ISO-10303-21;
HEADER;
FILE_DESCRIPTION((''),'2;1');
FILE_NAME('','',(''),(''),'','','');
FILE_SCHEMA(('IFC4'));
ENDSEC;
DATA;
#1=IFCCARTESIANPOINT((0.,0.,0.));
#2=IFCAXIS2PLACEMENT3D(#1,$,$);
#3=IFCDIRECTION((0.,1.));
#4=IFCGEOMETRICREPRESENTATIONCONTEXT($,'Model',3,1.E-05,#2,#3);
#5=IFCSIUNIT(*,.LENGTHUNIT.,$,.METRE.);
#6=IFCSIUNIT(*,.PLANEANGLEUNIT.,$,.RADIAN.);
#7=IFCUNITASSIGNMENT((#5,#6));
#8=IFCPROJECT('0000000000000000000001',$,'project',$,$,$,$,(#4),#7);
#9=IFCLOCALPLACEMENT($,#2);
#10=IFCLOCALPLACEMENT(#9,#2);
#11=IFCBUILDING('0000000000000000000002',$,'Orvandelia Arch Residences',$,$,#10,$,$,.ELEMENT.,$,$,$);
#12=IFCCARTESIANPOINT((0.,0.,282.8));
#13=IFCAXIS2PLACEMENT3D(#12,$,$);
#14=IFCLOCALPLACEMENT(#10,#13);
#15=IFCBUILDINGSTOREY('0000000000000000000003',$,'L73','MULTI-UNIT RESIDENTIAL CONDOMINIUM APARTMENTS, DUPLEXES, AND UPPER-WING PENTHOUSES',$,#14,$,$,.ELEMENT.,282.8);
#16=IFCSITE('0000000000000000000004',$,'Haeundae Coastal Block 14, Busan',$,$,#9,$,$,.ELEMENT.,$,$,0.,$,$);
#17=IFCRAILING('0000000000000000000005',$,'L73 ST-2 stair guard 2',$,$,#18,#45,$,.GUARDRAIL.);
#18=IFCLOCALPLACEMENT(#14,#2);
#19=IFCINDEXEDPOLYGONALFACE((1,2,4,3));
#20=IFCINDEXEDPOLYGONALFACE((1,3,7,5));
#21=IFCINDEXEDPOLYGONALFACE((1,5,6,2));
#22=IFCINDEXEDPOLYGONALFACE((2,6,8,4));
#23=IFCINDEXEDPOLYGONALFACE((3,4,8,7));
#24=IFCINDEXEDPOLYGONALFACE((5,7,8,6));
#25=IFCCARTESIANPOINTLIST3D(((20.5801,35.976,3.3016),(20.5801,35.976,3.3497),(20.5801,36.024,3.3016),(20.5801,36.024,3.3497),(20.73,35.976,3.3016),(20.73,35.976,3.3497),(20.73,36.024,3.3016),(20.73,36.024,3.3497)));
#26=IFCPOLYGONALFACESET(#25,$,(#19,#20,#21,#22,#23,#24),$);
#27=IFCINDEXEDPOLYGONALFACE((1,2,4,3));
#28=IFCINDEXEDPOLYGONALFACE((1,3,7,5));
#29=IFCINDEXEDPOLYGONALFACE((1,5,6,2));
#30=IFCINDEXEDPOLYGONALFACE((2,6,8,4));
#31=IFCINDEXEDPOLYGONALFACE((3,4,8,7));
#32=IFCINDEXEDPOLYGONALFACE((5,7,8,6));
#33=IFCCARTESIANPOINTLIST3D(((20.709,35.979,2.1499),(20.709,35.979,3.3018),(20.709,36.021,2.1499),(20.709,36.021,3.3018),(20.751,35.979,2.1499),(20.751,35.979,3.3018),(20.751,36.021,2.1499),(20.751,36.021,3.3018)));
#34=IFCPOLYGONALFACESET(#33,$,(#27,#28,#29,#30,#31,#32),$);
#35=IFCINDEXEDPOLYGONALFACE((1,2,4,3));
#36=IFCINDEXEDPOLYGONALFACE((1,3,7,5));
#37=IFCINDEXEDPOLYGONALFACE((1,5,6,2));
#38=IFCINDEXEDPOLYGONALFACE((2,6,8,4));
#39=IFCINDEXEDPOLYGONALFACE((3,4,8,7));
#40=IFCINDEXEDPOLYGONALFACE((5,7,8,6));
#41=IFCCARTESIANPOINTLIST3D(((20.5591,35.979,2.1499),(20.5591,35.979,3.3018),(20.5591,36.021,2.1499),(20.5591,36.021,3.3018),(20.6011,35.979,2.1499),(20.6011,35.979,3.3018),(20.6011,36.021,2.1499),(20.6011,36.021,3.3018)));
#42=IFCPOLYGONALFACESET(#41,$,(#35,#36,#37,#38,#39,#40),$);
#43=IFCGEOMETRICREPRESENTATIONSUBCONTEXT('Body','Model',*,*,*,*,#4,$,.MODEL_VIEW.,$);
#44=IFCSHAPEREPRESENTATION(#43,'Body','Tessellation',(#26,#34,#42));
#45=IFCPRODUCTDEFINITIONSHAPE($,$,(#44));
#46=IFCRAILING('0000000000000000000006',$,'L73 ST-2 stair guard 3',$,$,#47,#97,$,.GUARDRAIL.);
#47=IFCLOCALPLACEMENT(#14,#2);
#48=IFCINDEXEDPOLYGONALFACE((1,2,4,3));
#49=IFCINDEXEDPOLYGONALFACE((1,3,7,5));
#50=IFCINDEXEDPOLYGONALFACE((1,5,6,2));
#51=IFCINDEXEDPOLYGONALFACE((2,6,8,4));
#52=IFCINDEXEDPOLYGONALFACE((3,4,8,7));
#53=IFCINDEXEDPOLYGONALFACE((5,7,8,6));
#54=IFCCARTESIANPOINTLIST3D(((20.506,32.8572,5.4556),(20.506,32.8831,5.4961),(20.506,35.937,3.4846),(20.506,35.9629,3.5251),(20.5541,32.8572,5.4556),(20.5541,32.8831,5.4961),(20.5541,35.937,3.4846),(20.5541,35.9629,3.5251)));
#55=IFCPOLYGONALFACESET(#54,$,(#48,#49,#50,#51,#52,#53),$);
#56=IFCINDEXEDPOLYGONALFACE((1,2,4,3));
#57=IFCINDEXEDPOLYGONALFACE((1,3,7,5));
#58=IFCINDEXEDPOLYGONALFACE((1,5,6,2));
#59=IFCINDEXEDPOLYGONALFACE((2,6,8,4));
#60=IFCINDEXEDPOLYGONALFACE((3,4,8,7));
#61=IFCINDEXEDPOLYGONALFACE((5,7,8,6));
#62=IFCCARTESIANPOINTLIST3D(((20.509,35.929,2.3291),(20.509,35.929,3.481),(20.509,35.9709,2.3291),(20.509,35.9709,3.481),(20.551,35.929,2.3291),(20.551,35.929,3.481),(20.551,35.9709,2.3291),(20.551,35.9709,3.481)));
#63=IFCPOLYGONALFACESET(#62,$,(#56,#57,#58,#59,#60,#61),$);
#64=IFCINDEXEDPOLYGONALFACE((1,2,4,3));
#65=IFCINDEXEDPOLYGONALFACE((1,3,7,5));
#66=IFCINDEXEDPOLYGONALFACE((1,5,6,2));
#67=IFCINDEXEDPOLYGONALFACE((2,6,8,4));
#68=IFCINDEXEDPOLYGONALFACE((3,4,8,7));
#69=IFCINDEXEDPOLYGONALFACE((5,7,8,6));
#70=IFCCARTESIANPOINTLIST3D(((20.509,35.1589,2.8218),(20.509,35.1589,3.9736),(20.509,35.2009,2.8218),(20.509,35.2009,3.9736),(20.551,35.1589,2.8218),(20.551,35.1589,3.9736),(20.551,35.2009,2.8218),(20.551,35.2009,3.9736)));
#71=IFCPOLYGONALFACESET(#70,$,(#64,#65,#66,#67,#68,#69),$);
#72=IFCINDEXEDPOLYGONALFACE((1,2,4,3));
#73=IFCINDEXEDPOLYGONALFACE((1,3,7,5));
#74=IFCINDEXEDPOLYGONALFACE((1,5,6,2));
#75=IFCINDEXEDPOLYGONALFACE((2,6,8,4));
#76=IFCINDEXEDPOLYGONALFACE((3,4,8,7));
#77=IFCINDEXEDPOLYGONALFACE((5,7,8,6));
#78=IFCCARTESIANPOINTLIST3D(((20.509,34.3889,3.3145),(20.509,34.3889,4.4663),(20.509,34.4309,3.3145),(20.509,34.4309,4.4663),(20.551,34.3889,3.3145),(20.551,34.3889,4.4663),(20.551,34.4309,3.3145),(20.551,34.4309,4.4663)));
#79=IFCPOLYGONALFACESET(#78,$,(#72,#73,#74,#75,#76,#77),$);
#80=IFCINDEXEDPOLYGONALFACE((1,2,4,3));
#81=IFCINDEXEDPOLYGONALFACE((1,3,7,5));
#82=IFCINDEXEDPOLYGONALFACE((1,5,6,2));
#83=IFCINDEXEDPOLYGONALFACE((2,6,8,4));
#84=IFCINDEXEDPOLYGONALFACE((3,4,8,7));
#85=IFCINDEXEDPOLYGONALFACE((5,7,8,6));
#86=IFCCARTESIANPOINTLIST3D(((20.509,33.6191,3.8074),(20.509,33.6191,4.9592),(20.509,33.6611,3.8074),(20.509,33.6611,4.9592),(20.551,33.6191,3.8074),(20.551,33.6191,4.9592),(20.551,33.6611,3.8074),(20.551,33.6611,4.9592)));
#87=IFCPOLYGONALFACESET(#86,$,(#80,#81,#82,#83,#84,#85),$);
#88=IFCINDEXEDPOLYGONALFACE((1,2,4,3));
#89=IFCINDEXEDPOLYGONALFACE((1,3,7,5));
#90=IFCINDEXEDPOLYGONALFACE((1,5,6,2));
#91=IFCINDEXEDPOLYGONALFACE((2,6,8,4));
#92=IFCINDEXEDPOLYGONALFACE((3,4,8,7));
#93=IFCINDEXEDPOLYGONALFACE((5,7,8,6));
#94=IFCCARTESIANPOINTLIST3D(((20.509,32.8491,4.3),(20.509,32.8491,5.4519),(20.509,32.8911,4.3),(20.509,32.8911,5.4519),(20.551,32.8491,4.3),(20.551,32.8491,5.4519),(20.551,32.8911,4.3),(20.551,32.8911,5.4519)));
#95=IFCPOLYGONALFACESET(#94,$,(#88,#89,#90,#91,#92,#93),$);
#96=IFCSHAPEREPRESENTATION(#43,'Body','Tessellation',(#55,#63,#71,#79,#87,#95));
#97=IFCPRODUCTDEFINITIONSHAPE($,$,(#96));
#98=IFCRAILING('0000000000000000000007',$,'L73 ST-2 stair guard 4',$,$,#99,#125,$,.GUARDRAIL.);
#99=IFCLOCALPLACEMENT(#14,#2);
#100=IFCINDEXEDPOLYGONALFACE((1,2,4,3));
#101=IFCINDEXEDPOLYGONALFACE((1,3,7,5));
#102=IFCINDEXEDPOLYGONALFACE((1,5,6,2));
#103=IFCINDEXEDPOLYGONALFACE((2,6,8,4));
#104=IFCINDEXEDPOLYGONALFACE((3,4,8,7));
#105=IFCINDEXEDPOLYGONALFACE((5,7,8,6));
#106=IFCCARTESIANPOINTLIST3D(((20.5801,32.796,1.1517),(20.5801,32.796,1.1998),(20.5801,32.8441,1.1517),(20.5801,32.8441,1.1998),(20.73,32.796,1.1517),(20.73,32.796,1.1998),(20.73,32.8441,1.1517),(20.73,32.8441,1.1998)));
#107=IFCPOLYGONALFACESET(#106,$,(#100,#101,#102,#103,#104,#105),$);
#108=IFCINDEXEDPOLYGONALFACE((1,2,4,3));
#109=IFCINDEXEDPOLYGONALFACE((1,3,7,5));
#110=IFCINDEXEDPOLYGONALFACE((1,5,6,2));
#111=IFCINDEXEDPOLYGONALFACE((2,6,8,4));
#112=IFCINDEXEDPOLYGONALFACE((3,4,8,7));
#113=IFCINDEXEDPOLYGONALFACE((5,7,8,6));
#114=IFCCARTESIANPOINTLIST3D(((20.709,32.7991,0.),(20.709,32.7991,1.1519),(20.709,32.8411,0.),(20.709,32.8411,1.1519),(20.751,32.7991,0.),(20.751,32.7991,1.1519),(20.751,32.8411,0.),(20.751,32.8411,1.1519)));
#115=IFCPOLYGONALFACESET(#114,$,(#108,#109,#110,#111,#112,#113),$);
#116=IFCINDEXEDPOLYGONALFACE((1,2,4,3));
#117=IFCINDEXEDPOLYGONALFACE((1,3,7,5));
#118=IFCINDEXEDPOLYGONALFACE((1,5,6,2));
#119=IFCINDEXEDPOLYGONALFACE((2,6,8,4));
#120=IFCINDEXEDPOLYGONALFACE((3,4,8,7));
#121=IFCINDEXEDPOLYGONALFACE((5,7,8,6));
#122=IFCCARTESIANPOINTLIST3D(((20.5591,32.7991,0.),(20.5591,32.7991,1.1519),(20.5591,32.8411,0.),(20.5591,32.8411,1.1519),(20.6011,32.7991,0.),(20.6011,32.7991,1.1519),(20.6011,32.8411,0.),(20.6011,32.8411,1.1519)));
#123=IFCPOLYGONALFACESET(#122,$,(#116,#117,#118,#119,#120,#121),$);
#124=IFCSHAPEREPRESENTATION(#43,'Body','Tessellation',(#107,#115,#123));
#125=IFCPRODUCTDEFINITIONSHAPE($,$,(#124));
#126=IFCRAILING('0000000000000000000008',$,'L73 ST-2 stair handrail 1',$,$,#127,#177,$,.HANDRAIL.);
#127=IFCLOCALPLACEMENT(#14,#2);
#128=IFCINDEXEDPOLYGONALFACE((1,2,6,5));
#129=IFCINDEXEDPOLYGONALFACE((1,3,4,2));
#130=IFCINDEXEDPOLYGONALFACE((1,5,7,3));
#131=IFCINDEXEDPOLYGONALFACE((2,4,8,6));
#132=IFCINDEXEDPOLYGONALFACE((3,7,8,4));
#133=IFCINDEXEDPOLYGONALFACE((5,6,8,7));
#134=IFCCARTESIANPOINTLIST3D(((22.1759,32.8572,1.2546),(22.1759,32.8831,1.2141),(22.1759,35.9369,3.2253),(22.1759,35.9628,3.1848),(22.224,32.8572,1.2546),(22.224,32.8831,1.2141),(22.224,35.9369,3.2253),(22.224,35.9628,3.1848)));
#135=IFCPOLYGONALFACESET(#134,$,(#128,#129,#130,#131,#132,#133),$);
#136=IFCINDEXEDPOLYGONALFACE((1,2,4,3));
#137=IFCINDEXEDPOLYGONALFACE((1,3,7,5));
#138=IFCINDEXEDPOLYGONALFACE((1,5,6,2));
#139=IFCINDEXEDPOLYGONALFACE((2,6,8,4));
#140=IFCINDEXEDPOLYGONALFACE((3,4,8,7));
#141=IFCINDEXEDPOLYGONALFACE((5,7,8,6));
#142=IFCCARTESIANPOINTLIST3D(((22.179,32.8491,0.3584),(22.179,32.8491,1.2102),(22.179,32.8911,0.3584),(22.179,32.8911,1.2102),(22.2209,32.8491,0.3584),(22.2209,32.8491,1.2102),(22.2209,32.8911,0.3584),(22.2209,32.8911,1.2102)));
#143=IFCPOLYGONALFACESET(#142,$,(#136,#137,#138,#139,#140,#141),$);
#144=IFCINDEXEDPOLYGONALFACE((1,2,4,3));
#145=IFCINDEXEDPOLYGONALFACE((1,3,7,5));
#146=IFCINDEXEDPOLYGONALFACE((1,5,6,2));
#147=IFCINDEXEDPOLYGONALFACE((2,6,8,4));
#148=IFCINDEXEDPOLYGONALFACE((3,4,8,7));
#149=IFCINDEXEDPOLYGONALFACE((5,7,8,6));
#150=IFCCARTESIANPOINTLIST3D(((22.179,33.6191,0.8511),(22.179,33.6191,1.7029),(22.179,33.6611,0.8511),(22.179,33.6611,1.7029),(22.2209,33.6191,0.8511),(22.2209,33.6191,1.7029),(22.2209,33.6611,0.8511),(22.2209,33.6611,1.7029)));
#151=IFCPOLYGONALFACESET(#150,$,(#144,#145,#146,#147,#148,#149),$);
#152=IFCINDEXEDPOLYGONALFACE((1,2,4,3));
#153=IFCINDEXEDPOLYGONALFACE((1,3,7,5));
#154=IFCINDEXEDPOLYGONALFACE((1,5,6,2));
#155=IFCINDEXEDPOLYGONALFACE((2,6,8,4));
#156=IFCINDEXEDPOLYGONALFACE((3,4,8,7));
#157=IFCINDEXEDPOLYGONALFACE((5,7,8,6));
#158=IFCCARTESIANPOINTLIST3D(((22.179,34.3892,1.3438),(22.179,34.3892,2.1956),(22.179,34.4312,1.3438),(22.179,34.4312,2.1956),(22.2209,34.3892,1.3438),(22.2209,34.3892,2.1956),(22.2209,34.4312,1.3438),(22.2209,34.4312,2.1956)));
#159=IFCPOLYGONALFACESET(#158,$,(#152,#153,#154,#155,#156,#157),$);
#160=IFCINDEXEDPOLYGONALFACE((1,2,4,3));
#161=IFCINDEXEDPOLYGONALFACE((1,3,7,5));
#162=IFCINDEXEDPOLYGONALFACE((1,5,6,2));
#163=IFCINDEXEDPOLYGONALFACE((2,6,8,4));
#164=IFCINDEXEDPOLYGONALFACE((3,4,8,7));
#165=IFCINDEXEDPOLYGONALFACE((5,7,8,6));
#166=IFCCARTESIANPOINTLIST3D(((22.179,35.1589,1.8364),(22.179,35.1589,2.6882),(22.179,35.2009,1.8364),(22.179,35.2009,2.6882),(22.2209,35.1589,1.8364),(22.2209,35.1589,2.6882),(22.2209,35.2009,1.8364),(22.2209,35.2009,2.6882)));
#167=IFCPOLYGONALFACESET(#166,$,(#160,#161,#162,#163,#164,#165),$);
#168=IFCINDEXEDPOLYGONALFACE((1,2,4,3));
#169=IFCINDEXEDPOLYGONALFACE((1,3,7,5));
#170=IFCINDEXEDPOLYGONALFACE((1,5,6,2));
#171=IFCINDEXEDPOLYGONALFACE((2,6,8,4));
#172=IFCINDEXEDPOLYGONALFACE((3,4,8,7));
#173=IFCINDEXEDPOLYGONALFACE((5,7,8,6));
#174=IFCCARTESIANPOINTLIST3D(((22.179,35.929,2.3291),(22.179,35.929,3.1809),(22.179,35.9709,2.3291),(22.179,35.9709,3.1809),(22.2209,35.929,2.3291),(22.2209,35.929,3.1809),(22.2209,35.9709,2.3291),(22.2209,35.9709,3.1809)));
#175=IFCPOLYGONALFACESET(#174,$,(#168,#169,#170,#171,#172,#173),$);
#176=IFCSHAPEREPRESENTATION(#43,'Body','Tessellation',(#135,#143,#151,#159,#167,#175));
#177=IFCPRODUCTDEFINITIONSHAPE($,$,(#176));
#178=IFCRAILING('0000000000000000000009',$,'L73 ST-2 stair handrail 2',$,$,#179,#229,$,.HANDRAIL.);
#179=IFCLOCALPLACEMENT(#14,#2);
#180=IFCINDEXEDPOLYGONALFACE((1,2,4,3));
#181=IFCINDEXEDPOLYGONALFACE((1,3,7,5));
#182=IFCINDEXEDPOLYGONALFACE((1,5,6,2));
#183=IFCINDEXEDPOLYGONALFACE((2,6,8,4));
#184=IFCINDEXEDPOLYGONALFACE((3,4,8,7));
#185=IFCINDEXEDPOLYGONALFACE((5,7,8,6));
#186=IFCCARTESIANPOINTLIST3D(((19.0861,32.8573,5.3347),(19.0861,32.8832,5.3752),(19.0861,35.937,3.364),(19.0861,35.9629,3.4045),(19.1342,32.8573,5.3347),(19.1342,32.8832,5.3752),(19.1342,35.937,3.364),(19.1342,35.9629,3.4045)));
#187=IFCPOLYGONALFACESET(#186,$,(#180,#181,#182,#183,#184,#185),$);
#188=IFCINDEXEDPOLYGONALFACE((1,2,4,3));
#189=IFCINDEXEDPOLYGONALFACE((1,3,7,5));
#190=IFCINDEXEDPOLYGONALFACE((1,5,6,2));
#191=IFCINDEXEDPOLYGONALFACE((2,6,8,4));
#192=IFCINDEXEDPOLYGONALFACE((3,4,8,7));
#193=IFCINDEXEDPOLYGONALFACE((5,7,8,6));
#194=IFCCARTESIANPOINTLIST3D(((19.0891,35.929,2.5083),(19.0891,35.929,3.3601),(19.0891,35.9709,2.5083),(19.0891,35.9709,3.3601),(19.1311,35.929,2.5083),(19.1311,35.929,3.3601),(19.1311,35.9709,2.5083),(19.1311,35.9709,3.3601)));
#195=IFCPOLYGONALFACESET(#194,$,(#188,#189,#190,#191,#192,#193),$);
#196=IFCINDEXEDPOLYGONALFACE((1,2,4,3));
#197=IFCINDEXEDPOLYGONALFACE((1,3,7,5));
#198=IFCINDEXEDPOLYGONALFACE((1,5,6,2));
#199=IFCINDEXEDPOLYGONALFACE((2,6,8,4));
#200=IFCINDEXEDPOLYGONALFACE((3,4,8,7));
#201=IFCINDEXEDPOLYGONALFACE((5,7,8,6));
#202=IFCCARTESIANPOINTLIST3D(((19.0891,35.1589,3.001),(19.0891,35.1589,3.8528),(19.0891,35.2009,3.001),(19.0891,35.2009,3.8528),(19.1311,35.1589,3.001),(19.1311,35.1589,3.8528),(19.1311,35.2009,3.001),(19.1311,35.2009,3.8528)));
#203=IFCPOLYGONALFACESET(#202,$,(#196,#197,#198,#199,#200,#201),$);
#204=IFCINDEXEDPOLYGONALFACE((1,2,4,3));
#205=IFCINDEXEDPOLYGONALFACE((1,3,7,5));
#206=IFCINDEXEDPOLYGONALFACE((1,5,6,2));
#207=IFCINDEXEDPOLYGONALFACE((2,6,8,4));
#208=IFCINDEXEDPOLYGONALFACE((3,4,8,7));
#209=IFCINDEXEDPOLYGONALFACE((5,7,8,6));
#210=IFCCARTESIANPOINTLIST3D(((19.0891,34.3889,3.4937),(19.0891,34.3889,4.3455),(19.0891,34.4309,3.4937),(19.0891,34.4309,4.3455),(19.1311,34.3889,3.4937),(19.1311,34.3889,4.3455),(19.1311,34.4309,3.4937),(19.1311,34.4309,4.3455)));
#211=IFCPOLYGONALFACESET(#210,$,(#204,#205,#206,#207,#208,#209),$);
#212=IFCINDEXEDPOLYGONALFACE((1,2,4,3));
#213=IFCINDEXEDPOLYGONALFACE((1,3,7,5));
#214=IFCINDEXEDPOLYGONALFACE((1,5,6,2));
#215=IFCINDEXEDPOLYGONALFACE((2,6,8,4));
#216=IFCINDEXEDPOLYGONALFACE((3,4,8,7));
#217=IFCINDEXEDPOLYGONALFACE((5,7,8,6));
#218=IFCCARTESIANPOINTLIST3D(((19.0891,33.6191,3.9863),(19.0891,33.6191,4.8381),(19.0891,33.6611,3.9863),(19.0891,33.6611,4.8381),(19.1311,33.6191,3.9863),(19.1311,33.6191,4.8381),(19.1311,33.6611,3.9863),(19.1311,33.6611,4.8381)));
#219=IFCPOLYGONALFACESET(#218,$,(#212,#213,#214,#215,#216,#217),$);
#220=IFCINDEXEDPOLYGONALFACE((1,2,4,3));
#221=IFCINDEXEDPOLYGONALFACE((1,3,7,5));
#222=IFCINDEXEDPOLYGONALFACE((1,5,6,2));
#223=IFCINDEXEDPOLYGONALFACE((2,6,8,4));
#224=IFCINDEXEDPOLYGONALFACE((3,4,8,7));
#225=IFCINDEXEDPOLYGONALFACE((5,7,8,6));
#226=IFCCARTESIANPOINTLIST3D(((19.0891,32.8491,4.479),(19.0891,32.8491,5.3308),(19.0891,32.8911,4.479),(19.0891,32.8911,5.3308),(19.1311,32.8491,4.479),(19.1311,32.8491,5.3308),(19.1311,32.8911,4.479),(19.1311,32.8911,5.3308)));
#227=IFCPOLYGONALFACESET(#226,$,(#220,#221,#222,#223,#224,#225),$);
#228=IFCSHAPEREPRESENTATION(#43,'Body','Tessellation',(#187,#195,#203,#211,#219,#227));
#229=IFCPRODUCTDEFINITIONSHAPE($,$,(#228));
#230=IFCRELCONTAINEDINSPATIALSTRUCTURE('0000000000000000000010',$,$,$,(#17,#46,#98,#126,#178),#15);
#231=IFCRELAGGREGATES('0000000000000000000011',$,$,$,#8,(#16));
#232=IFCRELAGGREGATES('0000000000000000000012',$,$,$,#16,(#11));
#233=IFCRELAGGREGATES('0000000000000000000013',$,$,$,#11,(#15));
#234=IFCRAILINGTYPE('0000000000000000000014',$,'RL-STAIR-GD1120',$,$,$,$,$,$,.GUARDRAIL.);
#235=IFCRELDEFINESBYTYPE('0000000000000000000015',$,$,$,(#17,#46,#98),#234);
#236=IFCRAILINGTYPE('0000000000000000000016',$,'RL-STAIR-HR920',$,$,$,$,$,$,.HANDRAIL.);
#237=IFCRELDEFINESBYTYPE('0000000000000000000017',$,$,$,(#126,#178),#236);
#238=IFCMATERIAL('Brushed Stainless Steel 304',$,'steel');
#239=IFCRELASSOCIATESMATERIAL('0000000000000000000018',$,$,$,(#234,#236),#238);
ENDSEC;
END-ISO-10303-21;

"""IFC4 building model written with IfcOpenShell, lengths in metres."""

from ifc_helpers import new_model, si_unit, direction, frame, origin, origin_2d, place, context, subcontext, project, spatial, rectangle, extrude, material, type_object, element, save


model = new_model("IFC4")

# Units and contexts
model_context = context("Model", 3, precision=1e-05, world=origin(), true_north=direction((0.0, 1.0)))
body_context = subcontext(model_context, "Body", "Model", "MODEL_VIEW")
ifc_project = project(units=[si_unit("LENGTHUNIT", "METRE"), si_unit("PLANEANGLEUNIT", "RADIAN")], contexts=[model_context])

# Site, building, storey
site_placement = place(None, origin())
site = spatial("IfcSite", under=ifc_project, at=site_placement, Name="Haeundae Coastal Block 14, Busan", CompositionType="ELEMENT", RefElevation=0.0)
building_placement = place(site_placement, origin())
building = spatial("IfcBuilding", under=site, at=building_placement, Name="Orvandelia Arch Residences", CompositionType="ELEMENT")
storey_placement = place(building_placement, frame((0.0, 0.0, 282.8)))
storey = spatial("IfcBuildingStorey", under=building, at=storey_placement, Name="L73", Description="MULTI-UNIT RESIDENTIAL CONDOMINIUM APARTMENTS, DUPLEXES, AND UPPER-WING PENTHOUSES", CompositionType="ELEMENT", Elevation=282.8)

# Railings
ifc_material_1 = material(Name="Brushed Stainless Steel 304", Category="steel")
railing_type_1 = type_object("IfcRailingType", Name="RL-STAIR-GD1120", PredefinedType="GUARDRAIL", material=ifc_material_1)
railing_1_placement = place(storey_placement, frame((20.73, 36.0, 2.1499)))
element("IfcRailing", 1, at=railing_1_placement, inside=storey, type_object=railing_type_1, Name="L73 ST-2 stair guard 2", PredefinedType="GUARDRAIL", context=body_context, shape_type="SweptSolid", body=[
    extrude(rectangle(XDim=0.0481, YDim=0.0481, at=origin_2d()), frame((0.0, 0.0, 1.1758), z_axis=(-1.0, 0.0, 0.0), x_axis=(0.0, -1.0, 0.0)), (0.0, 0.0, 1.0), 0.1499),
    extrude(rectangle(XDim=0.042, YDim=0.042, at=origin_2d()), origin(), (0.0, 0.0, 1.0), 1.1519),
    extrude(rectangle(XDim=0.042, YDim=0.042, at=origin_2d()), frame((-0.1499, 0.0, 0.0)), (0.0, 0.0, 1.0), 1.1519),
])
railing_2_placement = place(storey_placement, frame((20.53, 35.95, 2.3291)))
element("IfcRailing", 2, at=railing_2_placement, inside=storey, type_object=railing_type_1, Name="L73 ST-2 stair guard 3", PredefinedType="GUARDRAIL", context=body_context, shape_type="SweptSolid", body=[
    extrude(rectangle(XDim=0.0481, YDim=0.0481, at=origin_2d()), frame((0.0, 0.0, 1.1758), z_axis=(0.0, -0.84229, 0.539025), x_axis=(1.0, 0.0, 0.0)), (0.0, 0.0, 1.0), 3.6565),
    extrude(rectangle(XDim=0.042, YDim=0.042, at=origin_2d()), origin(), (0.0, 0.0, 1.0), 1.1519),
    extrude(rectangle(XDim=0.042, YDim=0.042, at=origin_2d()), frame((0.0, -0.77, 0.4927)), (0.0, 0.0, 1.0), 1.1519),
    extrude(rectangle(XDim=0.042, YDim=0.042, at=origin_2d()), frame((0.0, -1.54, 0.9854)), (0.0, 0.0, 1.0), 1.1519),
    extrude(rectangle(XDim=0.042, YDim=0.042, at=origin_2d()), frame((0.0, -2.3098, 1.4783)), (0.0, 0.0, 1.0), 1.1519),
    extrude(rectangle(XDim=0.042, YDim=0.042, at=origin_2d()), frame((0.0, -3.0798, 1.9709)), (0.0, 0.0, 1.0), 1.1519),
])
railing_3_placement = place(storey_placement, frame((20.73, 32.8201, 0.0)))
element("IfcRailing", 3, at=railing_3_placement, inside=storey, type_object=railing_type_1, Name="L73 ST-2 stair guard 4", PredefinedType="GUARDRAIL", context=body_context, shape_type="SweptSolid", body=[
    extrude(rectangle(XDim=0.0481, YDim=0.0481, at=origin_2d()), frame((0.0, 0.0, 1.1758), z_axis=(-1.0, 0.0, 0.0), x_axis=(0.0, -1.0, 0.0)), (0.0, 0.0, 1.0), 0.1499),
    extrude(rectangle(XDim=0.042, YDim=0.042, at=origin_2d()), origin(), (0.0, 0.0, 1.0), 1.1519),
    extrude(rectangle(XDim=0.042, YDim=0.042, at=origin_2d()), frame((-0.1499, 0.0, 0.0)), (0.0, 0.0, 1.0), 1.1519),
])
railing_type_2 = type_object("IfcRailingType", Name="RL-STAIR-HR920", PredefinedType="HANDRAIL", material=ifc_material_1)
railing_4_placement = place(storey_placement, frame((22.2, 32.8701, 0.3584)))
element("IfcRailing", 4, at=railing_4_placement, inside=storey, type_object=railing_type_2, Name="L73 ST-2 stair handrail 1", PredefinedType="HANDRAIL", context=body_context, shape_type="SweptSolid", body=[
    extrude(rectangle(XDim=0.0481, YDim=0.0481, at=origin_2d()), frame((0.0, 0.0, 0.876), z_axis=(0.0, 0.84232, 0.538978), x_axis=(-1.0, 0.0, 0.0)), (0.0, 0.0, 1.0), 3.6562),
    extrude(rectangle(XDim=0.042, YDim=0.042, at=origin_2d()), origin(), (0.0, 0.0, 1.0), 0.8518),
    extrude(rectangle(XDim=0.042, YDim=0.042, at=origin_2d()), frame((0.0, 0.77, 0.4927)), (0.0, 0.0, 1.0), 0.8518),
    extrude(rectangle(XDim=0.042, YDim=0.042, at=origin_2d()), frame((0.0, 1.54, 0.9854)), (0.0, 0.0, 1.0), 0.8518),
    extrude(rectangle(XDim=0.042, YDim=0.042, at=origin_2d()), frame((0.0, 2.3098, 1.478)), (0.0, 0.0, 1.0), 0.8518),
    extrude(rectangle(XDim=0.042, YDim=0.042, at=origin_2d()), frame((0.0, 3.0798, 1.9707)), (0.0, 0.0, 1.0), 0.8518),
])
railing_5_placement = place(storey_placement, frame((19.1101, 35.95, 2.5083)))
element("IfcRailing", 5, at=railing_5_placement, inside=storey, type_object=railing_type_2, Name="L73 ST-2 stair handrail 2", PredefinedType="HANDRAIL", context=body_context, shape_type="SweptSolid", body=[
    extrude(rectangle(XDim=0.0481, YDim=0.0481, at=origin_2d()), frame((0.0, 0.0, 0.876), z_axis=(0.0, -0.84232, 0.538978), x_axis=(1.0, 0.0, 0.0)), (0.0, 0.0, 1.0), 3.6562),
    extrude(rectangle(XDim=0.042, YDim=0.042, at=origin_2d()), origin(), (0.0, 0.0, 1.0), 0.8518),
    extrude(rectangle(XDim=0.042, YDim=0.042, at=origin_2d()), frame((0.0, -0.77, 0.4927)), (0.0, 0.0, 1.0), 0.8518),
    extrude(rectangle(XDim=0.042, YDim=0.042, at=origin_2d()), frame((0.0, -1.54, 0.9854)), (0.0, 0.0, 1.0), 0.8518),
    extrude(rectangle(XDim=0.042, YDim=0.042, at=origin_2d()), frame((0.0, -2.3098, 1.478)), (0.0, 0.0, 1.0), 0.8518),
    extrude(rectangle(XDim=0.042, YDim=0.042, at=origin_2d()), frame((0.0, -3.0798, 1.9707)), (0.0, 0.0, 1.0), 0.8518),
])

save(model, "model.ifc")
